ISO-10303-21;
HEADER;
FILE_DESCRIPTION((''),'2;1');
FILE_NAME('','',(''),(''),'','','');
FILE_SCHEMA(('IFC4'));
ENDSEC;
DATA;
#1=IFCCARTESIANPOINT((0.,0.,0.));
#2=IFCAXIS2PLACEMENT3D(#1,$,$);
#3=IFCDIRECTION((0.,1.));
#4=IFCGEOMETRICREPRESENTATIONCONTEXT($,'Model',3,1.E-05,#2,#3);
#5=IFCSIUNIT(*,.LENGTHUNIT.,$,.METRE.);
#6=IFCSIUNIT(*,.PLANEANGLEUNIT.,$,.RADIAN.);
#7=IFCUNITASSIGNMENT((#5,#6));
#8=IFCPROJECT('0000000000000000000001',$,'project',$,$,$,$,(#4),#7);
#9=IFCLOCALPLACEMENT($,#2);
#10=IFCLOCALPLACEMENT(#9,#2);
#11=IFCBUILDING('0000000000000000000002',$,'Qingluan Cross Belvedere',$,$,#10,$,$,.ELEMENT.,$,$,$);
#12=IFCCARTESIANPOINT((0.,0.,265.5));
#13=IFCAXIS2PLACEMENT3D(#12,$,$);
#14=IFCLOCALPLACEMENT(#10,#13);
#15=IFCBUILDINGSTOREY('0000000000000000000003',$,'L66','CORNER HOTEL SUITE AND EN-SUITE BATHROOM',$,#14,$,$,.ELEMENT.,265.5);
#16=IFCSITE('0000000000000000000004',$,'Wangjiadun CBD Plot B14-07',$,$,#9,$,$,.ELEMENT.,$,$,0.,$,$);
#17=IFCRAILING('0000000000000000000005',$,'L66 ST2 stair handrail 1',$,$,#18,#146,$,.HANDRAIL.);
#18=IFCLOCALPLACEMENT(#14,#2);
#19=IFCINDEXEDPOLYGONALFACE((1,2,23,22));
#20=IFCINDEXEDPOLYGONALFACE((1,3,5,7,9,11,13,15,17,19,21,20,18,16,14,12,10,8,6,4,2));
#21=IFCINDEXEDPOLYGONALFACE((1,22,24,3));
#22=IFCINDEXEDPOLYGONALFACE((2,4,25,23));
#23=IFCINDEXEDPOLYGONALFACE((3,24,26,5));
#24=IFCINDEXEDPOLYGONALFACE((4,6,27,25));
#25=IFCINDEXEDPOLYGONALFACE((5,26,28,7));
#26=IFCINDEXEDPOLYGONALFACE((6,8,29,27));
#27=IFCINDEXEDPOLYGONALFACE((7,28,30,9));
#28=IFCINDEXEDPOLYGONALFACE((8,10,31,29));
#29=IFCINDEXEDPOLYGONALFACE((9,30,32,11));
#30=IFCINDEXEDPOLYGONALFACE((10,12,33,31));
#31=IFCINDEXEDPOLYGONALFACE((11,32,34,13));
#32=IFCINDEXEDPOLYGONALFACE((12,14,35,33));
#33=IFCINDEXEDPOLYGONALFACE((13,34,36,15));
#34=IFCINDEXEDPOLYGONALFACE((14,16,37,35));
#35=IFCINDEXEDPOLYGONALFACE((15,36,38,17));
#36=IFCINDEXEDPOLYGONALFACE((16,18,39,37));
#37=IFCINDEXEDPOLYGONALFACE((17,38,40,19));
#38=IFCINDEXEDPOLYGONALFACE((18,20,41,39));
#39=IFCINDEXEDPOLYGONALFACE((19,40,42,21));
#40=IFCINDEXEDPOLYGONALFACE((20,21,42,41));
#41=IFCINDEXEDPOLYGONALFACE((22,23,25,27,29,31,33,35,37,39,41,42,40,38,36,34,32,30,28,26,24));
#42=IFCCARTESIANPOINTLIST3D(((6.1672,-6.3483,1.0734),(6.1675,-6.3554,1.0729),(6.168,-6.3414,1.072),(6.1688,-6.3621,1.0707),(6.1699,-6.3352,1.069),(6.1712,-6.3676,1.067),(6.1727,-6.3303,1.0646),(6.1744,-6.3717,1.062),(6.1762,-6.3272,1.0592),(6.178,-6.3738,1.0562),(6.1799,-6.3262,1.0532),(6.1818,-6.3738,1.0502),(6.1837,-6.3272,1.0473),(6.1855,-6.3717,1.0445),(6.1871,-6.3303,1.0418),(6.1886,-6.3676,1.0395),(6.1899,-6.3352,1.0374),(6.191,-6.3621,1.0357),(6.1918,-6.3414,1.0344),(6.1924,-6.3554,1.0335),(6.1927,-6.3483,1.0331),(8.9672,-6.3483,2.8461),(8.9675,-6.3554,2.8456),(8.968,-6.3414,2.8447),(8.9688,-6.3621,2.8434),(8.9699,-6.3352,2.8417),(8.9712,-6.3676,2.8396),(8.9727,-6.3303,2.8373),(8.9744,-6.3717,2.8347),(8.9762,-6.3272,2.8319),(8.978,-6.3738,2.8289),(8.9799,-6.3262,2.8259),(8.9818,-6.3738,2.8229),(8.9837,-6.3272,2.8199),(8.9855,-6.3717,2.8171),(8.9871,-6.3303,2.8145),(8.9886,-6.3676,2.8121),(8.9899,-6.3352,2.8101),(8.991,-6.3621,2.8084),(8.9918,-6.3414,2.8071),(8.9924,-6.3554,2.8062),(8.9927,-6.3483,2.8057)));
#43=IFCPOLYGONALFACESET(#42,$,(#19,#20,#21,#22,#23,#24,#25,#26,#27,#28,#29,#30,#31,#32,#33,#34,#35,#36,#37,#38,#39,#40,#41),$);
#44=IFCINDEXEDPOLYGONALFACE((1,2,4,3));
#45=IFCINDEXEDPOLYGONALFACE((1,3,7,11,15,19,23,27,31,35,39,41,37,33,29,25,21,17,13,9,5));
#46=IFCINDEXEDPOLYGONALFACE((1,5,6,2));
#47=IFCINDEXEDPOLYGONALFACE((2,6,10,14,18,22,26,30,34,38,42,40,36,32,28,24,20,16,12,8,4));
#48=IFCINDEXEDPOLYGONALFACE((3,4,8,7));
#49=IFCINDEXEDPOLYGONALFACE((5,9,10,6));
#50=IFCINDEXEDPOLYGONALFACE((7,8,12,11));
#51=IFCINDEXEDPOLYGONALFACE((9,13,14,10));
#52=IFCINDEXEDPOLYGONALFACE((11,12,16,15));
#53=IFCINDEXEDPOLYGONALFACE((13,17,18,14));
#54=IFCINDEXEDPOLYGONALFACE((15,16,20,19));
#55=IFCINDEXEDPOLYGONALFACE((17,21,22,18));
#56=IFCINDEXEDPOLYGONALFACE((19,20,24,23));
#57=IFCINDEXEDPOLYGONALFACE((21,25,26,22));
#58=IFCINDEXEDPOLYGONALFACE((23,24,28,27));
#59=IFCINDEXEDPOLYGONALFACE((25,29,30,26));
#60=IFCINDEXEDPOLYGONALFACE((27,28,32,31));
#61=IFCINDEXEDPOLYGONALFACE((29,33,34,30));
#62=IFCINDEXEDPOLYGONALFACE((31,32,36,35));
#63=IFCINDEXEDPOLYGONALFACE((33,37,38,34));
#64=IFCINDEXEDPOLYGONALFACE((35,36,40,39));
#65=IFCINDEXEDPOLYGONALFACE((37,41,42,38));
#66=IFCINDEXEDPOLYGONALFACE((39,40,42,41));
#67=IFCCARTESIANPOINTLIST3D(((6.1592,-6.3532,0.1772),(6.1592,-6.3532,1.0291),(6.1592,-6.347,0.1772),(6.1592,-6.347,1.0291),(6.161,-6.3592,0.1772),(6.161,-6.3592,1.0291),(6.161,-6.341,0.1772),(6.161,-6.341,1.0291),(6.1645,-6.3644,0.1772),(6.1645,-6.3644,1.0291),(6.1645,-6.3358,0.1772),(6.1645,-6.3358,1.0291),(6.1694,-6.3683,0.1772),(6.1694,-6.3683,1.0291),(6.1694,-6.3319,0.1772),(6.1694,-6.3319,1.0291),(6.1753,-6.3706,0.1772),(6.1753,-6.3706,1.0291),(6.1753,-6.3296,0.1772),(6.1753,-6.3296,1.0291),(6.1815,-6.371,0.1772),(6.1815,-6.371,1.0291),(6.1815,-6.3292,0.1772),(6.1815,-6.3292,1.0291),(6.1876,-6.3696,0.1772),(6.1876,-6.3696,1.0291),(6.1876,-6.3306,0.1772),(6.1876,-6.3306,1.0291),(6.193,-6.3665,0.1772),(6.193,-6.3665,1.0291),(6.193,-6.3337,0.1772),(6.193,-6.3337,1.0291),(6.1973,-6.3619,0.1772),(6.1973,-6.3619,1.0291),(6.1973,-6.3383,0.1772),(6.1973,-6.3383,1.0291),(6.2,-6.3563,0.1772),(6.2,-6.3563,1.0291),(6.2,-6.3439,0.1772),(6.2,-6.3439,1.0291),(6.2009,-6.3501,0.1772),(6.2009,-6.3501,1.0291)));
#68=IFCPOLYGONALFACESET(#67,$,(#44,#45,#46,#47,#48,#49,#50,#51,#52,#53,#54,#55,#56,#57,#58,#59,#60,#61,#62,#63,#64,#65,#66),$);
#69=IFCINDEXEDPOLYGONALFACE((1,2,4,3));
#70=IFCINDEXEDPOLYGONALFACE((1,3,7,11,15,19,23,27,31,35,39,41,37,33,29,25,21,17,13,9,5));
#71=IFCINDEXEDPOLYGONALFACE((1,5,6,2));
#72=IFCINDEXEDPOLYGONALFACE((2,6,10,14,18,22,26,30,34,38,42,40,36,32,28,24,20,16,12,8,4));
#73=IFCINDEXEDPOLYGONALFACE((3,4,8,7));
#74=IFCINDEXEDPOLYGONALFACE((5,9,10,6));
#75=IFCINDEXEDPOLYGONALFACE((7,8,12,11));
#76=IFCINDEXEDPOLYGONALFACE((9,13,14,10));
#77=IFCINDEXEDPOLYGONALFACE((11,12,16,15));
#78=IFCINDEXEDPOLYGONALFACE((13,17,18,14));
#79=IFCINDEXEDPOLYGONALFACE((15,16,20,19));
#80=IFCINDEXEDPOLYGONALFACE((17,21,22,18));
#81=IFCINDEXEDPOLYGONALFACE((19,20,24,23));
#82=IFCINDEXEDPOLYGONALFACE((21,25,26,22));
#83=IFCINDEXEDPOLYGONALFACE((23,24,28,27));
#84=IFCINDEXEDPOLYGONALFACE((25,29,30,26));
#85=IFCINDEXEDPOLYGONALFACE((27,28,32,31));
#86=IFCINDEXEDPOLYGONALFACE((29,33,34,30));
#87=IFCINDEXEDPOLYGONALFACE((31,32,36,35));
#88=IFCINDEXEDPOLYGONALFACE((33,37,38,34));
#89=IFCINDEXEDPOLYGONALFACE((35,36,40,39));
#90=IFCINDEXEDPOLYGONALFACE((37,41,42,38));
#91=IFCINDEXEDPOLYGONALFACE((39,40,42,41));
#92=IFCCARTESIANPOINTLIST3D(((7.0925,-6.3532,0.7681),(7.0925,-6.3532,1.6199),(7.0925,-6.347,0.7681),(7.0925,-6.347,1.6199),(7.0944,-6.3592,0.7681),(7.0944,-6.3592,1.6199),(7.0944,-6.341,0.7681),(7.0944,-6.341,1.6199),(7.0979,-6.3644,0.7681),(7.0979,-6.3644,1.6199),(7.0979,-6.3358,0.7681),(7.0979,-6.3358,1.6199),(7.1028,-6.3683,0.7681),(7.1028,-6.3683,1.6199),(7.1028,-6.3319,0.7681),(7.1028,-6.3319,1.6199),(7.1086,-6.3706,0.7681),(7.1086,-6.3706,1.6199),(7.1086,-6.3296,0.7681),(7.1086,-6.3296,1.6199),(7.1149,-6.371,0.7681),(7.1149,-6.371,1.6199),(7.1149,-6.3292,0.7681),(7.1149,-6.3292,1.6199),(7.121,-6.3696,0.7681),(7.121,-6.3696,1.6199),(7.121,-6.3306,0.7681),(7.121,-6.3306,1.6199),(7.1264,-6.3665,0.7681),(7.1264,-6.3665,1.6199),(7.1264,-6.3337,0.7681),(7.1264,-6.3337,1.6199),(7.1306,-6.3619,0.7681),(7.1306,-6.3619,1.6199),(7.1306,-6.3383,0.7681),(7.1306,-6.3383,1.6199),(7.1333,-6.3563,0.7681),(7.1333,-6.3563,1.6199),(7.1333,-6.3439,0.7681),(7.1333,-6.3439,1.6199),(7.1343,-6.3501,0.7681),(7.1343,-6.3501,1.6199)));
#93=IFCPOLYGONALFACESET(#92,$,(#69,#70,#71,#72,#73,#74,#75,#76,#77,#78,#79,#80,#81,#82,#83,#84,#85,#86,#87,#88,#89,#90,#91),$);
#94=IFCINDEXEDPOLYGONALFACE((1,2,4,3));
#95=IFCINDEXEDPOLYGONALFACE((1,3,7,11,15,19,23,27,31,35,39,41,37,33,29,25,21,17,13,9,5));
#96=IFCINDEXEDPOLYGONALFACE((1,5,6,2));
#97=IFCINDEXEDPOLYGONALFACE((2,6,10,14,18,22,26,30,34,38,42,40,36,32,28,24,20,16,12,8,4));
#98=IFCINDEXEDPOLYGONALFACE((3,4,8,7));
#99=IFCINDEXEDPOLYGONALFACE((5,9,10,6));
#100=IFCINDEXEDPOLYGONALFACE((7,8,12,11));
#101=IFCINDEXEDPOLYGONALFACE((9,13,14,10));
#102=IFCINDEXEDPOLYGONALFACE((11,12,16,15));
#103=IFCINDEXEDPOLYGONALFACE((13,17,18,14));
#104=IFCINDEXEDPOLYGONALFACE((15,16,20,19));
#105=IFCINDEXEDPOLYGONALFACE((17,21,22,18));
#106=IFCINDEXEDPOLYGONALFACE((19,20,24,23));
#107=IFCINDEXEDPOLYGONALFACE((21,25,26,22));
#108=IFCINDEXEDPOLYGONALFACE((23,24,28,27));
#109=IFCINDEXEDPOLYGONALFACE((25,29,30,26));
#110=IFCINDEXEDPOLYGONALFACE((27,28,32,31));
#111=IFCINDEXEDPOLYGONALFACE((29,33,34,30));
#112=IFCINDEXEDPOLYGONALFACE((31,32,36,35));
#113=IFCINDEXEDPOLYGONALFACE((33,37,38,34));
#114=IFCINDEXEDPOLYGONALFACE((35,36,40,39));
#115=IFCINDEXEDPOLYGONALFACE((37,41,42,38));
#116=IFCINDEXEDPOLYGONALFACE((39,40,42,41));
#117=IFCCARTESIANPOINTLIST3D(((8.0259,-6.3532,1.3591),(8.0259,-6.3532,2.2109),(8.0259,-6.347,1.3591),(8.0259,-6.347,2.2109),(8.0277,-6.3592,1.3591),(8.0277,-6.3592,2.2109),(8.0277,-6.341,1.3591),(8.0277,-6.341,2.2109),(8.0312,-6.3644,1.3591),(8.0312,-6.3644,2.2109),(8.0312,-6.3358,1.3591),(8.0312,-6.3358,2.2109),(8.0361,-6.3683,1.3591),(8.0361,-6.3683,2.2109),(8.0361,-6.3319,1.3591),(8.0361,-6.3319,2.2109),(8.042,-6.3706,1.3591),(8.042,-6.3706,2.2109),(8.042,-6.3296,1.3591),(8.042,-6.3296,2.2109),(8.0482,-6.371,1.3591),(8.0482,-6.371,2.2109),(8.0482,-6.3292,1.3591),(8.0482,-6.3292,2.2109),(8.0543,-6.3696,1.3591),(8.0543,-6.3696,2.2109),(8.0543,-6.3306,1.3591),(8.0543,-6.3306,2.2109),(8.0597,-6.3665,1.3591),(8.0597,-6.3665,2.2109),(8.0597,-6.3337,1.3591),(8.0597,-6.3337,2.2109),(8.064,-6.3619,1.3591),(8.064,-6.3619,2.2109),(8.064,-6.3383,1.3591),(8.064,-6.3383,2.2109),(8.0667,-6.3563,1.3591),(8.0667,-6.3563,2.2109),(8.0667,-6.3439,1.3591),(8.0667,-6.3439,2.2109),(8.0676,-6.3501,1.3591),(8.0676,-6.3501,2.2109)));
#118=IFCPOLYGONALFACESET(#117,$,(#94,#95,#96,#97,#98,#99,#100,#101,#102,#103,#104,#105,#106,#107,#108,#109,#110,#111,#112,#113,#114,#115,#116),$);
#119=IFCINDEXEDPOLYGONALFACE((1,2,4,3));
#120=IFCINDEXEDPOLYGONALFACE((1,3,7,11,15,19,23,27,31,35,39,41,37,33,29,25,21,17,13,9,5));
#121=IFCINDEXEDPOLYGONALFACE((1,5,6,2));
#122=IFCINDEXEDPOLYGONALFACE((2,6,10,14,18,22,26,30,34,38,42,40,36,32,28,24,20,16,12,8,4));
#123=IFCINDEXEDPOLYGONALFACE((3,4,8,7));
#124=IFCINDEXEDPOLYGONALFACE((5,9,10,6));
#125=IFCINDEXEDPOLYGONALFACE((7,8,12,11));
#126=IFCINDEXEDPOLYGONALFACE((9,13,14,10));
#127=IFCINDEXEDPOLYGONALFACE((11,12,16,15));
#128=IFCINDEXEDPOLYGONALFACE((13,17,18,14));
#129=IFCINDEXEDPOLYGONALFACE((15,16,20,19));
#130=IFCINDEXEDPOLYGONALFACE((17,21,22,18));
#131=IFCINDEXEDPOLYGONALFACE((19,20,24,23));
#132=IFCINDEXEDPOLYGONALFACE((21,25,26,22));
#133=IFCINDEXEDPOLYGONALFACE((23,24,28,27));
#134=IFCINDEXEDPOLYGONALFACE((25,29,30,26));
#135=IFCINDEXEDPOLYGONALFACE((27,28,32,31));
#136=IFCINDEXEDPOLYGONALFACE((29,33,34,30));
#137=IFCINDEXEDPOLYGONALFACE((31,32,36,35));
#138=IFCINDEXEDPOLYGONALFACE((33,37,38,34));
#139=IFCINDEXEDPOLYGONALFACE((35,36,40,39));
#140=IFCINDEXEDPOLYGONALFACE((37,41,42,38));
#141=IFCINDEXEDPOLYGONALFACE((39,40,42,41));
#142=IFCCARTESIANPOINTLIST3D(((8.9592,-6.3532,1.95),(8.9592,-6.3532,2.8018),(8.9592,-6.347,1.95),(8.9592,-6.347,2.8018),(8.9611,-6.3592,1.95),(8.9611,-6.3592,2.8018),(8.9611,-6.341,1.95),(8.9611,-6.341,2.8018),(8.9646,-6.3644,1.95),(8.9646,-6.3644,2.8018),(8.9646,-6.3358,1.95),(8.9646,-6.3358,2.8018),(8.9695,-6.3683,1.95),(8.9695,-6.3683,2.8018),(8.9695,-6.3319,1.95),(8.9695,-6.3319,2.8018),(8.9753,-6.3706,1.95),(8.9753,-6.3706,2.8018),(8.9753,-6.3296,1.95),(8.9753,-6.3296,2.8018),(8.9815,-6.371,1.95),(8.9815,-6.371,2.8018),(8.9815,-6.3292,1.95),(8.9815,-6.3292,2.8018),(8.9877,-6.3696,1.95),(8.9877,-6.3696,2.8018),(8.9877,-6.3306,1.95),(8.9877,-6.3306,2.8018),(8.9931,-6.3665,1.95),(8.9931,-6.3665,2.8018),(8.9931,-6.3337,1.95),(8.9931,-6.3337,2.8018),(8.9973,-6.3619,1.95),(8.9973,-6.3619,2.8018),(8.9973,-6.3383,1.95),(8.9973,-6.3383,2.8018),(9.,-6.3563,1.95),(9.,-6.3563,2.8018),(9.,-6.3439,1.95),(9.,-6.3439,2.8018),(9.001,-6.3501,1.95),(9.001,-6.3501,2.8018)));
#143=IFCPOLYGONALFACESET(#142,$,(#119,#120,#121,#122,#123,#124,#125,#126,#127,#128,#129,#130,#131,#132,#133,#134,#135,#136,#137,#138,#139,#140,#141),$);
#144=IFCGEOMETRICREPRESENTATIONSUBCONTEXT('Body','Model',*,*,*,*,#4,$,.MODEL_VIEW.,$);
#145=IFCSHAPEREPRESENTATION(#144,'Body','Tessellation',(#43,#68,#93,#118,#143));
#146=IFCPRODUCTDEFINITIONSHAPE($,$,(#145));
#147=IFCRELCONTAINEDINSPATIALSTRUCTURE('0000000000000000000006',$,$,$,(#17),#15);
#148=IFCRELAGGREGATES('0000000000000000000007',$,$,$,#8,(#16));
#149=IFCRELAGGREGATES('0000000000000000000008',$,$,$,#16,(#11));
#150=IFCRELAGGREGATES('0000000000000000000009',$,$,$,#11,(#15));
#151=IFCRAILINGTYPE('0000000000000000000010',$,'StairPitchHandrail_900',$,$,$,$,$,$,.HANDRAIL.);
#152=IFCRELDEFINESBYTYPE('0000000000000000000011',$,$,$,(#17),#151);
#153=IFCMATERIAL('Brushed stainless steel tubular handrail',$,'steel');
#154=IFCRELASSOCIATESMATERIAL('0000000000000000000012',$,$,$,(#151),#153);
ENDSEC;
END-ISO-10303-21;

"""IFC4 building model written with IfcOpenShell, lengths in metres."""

from ifc_helpers import new_model, si_unit, direction, frame, origin, origin_2d, place, context, subcontext, project, spatial, circle, extrude, material, type_object, element, save


model = new_model("IFC4")

# Units and contexts
model_context = context("Model", 3, precision=1e-05, world=origin(), true_north=direction((0.0, 1.0)))
body_context = subcontext(model_context, "Body", "Model", "MODEL_VIEW")
ifc_project = project(units=[si_unit("LENGTHUNIT", "METRE"), si_unit("PLANEANGLEUNIT", "RADIAN")], contexts=[model_context])

# Site, building, storey
site_placement = place(None, origin())
site = spatial("IfcSite", under=ifc_project, at=site_placement, Name="Wangjiadun CBD Plot B14-07", CompositionType="ELEMENT", RefElevation=0.0)
building_placement = place(site_placement, origin())
building = spatial("IfcBuilding", under=site, at=building_placement, Name="Qingluan Cross Belvedere", CompositionType="ELEMENT")
storey_placement = place(building_placement, frame((0.0, 0.0, 265.5)))
storey = spatial("IfcBuildingStorey", under=building, at=storey_placement, Name="L66", Description="CORNER HOTEL SUITE AND EN-SUITE BATHROOM", CompositionType="ELEMENT", Elevation=265.5)

# Railing
ifc_material_1 = material(Name="Brushed stainless steel tubular handrail", Category="steel")
railing_type_1 = type_object("IfcRailingType", Name="StairPitchHandrail_900", PredefinedType="HANDRAIL", material=ifc_material_1)
railing_1_placement = place(storey_placement, frame((6.1799, -6.3501, 0.1772)))
element("IfcRailing", 1, at=railing_1_placement, inside=storey, type_object=railing_type_1, Name="L66 ST2 stair handrail 1", PredefinedType="HANDRAIL", context=body_context, shape_type="SweptSolid", body=[
    extrude(circle(Radius=0.0239, at=origin_2d()), frame((0.0, 0.0, 0.876), z_axis=(0.844909, 0.0, 0.53491), x_axis=(0.0, 1.0, 0.0)), (0.0, 0.0, 1.0), 3.314),
    extrude(circle(Radius=0.021, at=origin_2d()), origin(), (0.0, 0.0, 1.0), 0.8518),
    extrude(circle(Radius=0.021, at=origin_2d()), frame((0.9333, 0.0, 0.5908)), (0.0, 0.0, 1.0), 0.8518),
    extrude(circle(Radius=0.021, at=origin_2d()), frame((1.8667, 0.0, 1.1819)), (0.0, 0.0, 1.0), 0.8518),
    extrude(circle(Radius=0.021, at=origin_2d()), frame((2.8, 0.0, 1.7727)), (0.0, 0.0, 1.0), 0.8518),
])

save(model, "model.ifc")
